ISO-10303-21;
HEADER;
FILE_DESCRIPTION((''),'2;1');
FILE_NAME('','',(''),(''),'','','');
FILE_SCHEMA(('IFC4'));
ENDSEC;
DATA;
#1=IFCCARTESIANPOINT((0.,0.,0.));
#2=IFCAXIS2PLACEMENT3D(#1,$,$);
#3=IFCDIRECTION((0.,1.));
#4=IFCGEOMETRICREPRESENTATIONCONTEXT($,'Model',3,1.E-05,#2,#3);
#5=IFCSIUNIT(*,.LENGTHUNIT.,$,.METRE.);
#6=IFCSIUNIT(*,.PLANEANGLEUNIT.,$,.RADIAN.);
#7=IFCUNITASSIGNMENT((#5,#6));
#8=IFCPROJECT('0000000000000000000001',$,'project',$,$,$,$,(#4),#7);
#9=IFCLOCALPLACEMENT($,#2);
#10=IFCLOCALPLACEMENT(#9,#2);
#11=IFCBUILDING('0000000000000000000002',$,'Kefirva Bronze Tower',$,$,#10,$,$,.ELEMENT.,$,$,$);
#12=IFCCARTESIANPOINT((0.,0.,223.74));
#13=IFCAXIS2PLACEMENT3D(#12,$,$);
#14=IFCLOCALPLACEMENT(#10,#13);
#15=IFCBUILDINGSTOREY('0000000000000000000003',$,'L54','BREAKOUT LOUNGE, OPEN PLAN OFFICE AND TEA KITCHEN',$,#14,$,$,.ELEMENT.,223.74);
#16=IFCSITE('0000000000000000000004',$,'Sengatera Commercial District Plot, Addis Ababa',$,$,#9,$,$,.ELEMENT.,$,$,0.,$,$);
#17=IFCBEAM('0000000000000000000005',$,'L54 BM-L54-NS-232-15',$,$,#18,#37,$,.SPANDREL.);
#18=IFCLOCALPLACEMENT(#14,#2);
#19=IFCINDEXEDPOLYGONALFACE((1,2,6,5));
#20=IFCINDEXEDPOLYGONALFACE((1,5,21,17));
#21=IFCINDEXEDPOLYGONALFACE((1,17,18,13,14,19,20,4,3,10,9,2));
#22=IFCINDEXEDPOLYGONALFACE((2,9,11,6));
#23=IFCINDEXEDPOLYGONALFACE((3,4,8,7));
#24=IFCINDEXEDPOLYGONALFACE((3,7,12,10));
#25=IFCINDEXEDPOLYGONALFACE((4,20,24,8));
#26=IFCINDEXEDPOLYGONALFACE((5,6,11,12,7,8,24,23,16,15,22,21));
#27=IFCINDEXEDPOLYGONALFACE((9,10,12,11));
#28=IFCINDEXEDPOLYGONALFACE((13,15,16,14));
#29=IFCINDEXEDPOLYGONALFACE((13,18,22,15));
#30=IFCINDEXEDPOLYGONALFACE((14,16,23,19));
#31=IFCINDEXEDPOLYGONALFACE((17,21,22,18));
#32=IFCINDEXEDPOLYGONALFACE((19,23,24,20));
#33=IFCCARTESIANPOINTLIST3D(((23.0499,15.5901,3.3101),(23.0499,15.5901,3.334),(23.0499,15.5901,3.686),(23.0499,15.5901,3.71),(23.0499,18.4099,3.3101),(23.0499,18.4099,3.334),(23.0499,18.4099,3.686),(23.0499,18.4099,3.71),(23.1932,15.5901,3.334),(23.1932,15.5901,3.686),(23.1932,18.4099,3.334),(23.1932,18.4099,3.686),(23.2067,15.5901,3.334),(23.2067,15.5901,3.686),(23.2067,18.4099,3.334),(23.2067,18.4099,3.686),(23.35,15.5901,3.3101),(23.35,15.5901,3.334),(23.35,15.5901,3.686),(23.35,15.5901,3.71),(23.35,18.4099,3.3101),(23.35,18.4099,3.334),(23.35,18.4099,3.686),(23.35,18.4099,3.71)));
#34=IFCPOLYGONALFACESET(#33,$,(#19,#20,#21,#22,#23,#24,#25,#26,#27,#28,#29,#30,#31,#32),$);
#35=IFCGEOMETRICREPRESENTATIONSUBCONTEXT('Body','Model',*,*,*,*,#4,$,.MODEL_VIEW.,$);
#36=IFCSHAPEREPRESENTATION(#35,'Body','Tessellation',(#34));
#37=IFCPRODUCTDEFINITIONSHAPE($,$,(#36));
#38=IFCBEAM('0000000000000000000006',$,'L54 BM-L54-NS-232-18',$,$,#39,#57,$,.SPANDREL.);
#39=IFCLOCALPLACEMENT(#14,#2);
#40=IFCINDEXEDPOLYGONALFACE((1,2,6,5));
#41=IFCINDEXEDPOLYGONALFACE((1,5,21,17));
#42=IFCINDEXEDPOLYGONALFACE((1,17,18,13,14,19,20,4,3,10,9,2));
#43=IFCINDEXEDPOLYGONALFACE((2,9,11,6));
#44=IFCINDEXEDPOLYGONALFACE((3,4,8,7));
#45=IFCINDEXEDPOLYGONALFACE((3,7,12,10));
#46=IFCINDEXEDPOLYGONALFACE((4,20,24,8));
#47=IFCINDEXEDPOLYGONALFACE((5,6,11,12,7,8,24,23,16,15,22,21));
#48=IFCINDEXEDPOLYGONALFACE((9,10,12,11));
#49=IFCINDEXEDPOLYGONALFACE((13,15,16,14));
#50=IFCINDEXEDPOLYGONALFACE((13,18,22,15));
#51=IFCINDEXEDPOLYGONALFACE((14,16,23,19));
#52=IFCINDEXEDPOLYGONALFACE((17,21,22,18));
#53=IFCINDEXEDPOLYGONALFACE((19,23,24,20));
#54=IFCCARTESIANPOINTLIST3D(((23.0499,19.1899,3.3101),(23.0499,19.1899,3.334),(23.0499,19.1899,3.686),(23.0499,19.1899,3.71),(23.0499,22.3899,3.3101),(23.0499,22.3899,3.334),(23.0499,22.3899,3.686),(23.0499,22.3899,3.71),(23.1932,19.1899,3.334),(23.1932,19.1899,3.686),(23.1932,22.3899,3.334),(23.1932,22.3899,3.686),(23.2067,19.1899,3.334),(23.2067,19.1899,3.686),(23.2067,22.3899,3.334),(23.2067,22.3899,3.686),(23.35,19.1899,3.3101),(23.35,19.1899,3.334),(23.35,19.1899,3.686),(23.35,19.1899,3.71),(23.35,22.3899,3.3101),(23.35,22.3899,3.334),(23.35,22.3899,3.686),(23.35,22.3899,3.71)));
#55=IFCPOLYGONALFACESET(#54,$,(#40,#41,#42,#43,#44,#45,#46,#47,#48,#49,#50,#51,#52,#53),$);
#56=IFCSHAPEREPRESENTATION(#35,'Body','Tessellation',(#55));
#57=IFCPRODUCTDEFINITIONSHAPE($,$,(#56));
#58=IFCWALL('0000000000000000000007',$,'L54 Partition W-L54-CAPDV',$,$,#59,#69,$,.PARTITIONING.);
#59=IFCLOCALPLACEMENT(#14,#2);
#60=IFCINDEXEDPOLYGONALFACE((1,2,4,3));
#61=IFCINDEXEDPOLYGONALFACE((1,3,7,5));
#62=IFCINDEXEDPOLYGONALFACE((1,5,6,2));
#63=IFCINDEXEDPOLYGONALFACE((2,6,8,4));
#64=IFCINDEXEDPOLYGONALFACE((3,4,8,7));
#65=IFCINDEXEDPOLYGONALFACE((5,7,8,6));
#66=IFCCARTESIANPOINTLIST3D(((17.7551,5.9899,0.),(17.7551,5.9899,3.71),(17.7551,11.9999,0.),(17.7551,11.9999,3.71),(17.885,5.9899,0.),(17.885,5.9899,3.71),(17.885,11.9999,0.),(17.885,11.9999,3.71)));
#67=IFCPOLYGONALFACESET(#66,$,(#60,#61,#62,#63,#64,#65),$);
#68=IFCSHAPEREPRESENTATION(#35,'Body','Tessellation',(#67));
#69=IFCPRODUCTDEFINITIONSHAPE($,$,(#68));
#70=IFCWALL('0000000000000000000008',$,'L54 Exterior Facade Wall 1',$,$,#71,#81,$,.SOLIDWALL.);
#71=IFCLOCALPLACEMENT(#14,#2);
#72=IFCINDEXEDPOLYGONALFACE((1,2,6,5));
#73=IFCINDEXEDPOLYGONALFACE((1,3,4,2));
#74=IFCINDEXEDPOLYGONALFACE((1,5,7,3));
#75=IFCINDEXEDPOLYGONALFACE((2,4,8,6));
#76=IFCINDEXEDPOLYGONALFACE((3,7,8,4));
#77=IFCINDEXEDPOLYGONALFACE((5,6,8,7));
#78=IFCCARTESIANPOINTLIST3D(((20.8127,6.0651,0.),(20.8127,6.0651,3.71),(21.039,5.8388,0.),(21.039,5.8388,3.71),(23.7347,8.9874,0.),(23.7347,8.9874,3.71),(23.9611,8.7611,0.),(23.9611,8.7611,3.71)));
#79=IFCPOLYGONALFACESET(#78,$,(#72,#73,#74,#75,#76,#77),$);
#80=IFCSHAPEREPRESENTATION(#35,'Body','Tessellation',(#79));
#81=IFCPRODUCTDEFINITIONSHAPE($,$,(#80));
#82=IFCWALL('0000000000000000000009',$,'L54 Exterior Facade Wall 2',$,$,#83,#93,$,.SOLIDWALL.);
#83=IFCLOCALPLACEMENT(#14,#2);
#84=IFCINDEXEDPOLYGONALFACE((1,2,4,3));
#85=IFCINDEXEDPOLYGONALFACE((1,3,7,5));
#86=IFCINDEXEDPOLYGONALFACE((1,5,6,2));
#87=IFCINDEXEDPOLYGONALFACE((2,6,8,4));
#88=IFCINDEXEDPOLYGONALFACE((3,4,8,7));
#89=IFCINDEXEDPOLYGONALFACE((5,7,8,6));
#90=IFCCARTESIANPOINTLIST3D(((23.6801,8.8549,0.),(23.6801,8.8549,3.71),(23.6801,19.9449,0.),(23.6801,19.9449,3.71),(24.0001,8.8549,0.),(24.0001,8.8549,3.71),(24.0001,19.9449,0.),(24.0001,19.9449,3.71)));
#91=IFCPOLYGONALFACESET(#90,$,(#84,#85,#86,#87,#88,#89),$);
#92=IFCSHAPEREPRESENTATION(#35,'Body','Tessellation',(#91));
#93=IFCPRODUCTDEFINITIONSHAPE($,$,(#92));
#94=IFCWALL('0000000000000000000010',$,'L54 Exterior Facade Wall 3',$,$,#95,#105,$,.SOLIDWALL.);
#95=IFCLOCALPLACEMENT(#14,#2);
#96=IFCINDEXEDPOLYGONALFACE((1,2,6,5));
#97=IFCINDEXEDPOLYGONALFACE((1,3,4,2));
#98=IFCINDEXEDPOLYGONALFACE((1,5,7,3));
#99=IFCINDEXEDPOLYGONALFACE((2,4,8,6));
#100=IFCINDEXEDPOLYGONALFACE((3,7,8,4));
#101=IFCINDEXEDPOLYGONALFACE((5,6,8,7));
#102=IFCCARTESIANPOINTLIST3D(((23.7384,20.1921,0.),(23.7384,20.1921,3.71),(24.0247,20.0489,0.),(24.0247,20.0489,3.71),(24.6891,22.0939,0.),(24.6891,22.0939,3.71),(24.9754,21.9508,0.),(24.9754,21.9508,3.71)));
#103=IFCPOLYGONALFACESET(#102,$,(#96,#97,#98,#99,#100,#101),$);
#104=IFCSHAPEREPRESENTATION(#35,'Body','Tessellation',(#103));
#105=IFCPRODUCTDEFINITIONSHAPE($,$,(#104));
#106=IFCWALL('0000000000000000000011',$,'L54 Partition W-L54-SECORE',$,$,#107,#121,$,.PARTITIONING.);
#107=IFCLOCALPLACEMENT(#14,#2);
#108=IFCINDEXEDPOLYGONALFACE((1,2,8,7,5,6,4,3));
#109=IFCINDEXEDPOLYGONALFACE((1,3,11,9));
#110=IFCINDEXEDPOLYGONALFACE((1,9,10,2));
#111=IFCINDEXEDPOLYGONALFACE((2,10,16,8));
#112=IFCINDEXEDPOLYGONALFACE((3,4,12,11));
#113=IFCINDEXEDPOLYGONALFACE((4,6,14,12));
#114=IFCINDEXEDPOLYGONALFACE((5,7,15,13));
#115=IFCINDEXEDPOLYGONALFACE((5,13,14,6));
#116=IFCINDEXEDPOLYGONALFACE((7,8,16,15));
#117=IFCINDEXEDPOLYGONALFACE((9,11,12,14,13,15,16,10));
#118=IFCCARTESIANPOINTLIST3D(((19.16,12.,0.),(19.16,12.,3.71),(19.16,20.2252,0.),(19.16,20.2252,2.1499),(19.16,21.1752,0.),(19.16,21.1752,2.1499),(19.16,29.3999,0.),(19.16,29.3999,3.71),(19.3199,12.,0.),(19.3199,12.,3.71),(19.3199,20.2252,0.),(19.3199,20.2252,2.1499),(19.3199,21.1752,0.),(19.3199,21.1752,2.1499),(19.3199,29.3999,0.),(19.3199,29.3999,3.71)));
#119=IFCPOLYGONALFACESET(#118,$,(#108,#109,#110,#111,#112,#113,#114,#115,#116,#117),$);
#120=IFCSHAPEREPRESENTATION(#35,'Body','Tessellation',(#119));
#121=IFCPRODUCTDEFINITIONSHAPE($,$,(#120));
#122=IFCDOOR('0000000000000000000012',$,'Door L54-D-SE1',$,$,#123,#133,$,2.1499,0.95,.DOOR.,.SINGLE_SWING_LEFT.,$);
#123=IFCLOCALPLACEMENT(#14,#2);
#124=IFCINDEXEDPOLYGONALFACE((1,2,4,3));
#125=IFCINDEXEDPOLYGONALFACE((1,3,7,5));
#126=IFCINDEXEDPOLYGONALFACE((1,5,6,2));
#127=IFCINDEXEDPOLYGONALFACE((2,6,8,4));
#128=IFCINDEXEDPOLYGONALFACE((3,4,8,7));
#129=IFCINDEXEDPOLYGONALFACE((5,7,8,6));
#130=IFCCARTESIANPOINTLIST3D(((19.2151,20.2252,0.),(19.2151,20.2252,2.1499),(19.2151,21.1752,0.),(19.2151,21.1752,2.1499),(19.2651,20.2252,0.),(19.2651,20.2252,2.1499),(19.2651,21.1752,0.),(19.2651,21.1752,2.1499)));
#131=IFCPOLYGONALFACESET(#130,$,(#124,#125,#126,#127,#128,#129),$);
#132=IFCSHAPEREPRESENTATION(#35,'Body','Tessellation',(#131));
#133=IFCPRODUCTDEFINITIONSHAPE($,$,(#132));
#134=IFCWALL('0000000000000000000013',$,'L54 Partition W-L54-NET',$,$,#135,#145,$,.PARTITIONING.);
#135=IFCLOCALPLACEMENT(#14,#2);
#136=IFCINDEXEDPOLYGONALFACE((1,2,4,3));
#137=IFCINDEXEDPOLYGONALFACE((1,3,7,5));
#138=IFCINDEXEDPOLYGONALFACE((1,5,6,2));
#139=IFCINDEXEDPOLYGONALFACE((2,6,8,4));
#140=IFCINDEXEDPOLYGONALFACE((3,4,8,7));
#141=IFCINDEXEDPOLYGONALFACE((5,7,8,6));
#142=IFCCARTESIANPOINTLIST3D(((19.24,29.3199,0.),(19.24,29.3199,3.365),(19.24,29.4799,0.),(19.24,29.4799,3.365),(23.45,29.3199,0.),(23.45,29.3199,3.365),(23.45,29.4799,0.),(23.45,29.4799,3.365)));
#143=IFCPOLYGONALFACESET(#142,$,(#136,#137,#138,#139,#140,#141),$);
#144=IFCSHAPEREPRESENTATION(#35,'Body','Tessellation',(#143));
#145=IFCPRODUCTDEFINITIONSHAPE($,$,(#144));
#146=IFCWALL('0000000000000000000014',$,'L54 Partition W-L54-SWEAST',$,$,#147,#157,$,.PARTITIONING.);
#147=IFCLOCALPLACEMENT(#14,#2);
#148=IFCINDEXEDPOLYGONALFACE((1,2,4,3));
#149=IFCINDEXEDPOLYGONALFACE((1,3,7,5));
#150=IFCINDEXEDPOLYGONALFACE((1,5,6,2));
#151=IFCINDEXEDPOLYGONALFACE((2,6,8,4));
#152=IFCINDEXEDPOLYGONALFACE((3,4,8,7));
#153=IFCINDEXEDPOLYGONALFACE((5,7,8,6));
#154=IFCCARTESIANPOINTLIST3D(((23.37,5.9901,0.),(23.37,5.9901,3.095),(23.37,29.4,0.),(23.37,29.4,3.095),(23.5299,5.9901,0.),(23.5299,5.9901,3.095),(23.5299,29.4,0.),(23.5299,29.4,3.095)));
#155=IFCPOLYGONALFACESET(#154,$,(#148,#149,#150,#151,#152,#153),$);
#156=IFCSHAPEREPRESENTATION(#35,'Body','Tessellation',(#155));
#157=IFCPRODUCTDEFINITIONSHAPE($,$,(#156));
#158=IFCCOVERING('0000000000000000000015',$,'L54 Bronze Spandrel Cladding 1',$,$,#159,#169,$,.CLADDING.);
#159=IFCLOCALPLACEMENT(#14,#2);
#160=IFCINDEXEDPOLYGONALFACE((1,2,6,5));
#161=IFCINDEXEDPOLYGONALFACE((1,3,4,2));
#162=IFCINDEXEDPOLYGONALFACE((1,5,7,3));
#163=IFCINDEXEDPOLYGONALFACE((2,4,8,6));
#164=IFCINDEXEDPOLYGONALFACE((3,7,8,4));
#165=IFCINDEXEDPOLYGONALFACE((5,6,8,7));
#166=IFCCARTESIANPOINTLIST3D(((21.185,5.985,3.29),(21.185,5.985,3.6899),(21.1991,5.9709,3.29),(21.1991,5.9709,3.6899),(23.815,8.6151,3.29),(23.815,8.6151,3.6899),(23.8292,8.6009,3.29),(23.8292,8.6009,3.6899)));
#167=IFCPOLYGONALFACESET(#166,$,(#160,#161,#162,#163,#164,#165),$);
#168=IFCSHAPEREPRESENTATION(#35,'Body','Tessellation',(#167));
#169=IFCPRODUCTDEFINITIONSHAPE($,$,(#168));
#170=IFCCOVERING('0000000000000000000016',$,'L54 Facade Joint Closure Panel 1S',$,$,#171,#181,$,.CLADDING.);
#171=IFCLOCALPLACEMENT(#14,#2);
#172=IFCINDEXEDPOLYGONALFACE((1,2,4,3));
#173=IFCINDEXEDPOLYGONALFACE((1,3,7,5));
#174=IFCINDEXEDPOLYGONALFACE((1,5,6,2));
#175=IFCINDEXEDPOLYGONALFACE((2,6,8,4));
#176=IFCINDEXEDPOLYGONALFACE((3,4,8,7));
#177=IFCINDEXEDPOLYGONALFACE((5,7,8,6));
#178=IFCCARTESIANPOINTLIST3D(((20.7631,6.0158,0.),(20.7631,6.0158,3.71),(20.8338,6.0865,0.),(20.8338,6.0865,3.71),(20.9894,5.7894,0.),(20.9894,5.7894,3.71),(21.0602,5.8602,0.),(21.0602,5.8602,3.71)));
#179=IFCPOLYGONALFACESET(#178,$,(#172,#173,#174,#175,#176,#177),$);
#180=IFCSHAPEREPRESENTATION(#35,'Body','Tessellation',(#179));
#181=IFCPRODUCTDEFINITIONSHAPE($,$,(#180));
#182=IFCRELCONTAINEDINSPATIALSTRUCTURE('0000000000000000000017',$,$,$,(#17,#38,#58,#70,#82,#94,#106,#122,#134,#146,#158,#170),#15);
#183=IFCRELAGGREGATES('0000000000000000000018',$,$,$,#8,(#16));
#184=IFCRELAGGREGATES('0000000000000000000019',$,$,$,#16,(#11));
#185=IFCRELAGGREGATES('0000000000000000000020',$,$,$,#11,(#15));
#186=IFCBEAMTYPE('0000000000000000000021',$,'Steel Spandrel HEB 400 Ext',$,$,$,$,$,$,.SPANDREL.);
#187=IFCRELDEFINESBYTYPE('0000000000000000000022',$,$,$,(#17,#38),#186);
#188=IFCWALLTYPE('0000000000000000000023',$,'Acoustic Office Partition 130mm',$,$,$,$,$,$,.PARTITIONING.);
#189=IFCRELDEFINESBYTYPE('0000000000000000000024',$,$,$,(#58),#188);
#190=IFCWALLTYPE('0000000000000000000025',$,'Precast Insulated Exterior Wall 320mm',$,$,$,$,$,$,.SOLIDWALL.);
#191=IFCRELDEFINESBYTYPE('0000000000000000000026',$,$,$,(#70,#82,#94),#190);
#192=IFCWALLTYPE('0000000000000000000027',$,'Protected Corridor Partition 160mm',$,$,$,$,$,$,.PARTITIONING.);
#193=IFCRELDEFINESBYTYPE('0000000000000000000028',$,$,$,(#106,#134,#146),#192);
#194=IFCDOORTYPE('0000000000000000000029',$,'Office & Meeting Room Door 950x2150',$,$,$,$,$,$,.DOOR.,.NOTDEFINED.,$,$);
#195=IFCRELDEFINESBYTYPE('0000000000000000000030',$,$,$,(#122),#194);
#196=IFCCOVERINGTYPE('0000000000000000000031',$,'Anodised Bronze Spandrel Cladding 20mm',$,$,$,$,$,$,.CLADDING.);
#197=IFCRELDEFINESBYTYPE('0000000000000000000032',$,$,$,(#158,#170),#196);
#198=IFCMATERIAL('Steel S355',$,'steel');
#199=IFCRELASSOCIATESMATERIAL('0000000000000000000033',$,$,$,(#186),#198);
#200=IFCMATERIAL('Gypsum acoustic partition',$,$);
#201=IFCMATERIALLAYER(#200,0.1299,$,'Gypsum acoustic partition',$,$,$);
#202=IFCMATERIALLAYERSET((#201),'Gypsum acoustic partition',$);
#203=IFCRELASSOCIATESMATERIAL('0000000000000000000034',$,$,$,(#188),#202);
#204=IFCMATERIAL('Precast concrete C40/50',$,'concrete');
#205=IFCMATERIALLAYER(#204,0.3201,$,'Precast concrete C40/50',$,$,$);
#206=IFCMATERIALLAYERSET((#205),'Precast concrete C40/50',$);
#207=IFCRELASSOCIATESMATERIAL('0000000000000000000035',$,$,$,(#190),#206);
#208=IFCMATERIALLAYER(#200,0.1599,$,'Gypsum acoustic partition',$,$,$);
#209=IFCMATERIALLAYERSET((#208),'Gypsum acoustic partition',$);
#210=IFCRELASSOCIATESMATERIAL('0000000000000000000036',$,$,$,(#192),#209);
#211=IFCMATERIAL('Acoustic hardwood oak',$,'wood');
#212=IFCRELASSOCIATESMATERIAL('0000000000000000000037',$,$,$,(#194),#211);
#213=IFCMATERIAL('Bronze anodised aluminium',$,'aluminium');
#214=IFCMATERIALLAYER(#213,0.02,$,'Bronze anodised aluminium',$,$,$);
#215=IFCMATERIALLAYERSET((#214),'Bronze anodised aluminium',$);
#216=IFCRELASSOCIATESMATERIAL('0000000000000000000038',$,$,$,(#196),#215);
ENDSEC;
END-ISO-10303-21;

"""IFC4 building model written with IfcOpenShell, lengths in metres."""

from ifc_helpers import new_model, si_unit, direction, frame, frame_2d, origin, origin_2d, place, context, subcontext, project, spatial, rectangle, i_section, extrude, material, layer, layer_set, material_profile, profile_set, type_object, element, fill, save


model = new_model("IFC4")

# Units and contexts
model_context = context("Model", 3, precision=1e-05, world=origin(), true_north=direction((0.0, 1.0)))
body_context = subcontext(model_context, "Body", "Model", "MODEL_VIEW")
ifc_project = project(units=[si_unit("LENGTHUNIT", "METRE"), si_unit("PLANEANGLEUNIT", "RADIAN")], contexts=[model_context])

# Site, building, storey
site_placement = place(None, origin())
site = spatial("IfcSite", under=ifc_project, at=site_placement, Name="Sengatera Commercial District Plot, Addis Ababa", CompositionType="ELEMENT", RefElevation=0.0)
building_placement = place(site_placement, origin())
building = spatial("IfcBuilding", under=site, at=building_placement, Name="Kefirva Bronze Tower", CompositionType="ELEMENT")
storey_placement = place(building_placement, frame((0.0, 0.0, 223.74)))
storey = spatial("IfcBuildingStorey", under=building, at=storey_placement, Name="L54", Description="BREAKOUT LOUNGE, OPEN PLAN OFFICE AND TEA KITCHEN", CompositionType="ELEMENT", Elevation=223.74)

# Shared definitions
ifc_material_1 = material(Name="Bronze anodised aluminium", Category="aluminium")

# Beams
ifc_material_2 = material(Name="Steel S355", Category="steel")
ifc_material_profile_1 = material_profile(ifc_material_2, i_section(OverallWidth=0.3, OverallDepth=0.3999, WebThickness=0.0134, FlangeThickness=0.0239, at=origin_2d()), Name="HEB 400")
ifc_profile_set_1 = profile_set([ifc_material_profile_1], Name="Steel S355")
beam_type_1 = type_object("IfcBeamType", Name="Steel Spandrel HEB 400 Ext", PredefinedType="SPANDREL", material=ifc_profile_set_1)
beam_1_placement = place(storey_placement, frame((23.2, 15.5901, 3.51), z_axis=(0.0, 1.0, 0.0), x_axis=(-1.0, 0.0, 0.0)))
element("IfcBeam", 1, at=beam_1_placement, inside=storey, type_object=beam_type_1, Name="L54 BM-L54-NS-232-15", PredefinedType="SPANDREL", context=body_context, shape_type="SweptSolid", body=[
    extrude(i_section(OverallWidth=0.3, OverallDepth=0.3999, WebThickness=0.0134, FlangeThickness=0.0239, at=origin_2d()), origin(), (0.0, 0.0, 1.0), 2.8198),
])
beam_2_placement = place(storey_placement, frame((23.2, 19.1899, 3.51), z_axis=(0.0, 1.0, 0.0), x_axis=(-1.0, 0.0, 0.0)))
element("IfcBeam", 2, at=beam_2_placement, inside=storey, type_object=beam_type_1, Name="L54 BM-L54-NS-232-18", PredefinedType="SPANDREL", context=body_context, shape_type="SweptSolid", body=[
    extrude(i_section(OverallWidth=0.3, OverallDepth=0.3999, WebThickness=0.0134, FlangeThickness=0.0239, at=origin_2d()), origin(), (0.0, 0.0, 1.0), 3.2),
])

# Walls
ifc_material_3 = material(Name="Gypsum acoustic partition")
ifc_layer_1 = layer(ifc_material_3, 0.1299, Name="Gypsum acoustic partition")
ifc_layer_set_1 = layer_set([ifc_layer_1], Name="Gypsum acoustic partition")
wall_type_1 = type_object("IfcWallType", Name="Acoustic Office Partition 130mm", PredefinedType="PARTITIONING", material=ifc_layer_set_1)
wall_1_placement = place(storey_placement, frame((17.8201, 5.99, 0.0), z_axis=(0.0, 0.0, 1.0), x_axis=(0.0, 1.0, 0.0)))
element("IfcWall", 3, at=wall_1_placement, inside=storey, type_object=wall_type_1, Name="L54 Partition W-L54-CAPDV", PredefinedType="PARTITIONING", context=body_context, shape_type="SweptSolid", body=[
    extrude(rectangle(XDim=6.01, YDim=0.1299, at=frame_2d((3.0049, 0.0))), origin(), (0.0, 0.0, 1.0), 3.71),
])
ifc_material_4 = material(Name="Precast concrete C40/50", Category="concrete")
ifc_layer_2 = layer(ifc_material_4, 0.3201, Name="Precast concrete C40/50")
ifc_layer_set_2 = layer_set([ifc_layer_2], Name="Precast concrete C40/50")
wall_type_2 = type_object("IfcWallType", Name="Precast Insulated Exterior Wall 320mm", PredefinedType="SOLIDWALL", material=ifc_layer_set_2)
wall_2_placement = place(storey_placement, frame((20.9258, 5.9519, 0.0), z_axis=(0.0, 0.0, 1.0), x_axis=(0.707077, 0.707136, 0.0)))
element("IfcWall", 4, at=wall_2_placement, inside=storey, type_object=wall_type_2, Name="L54 Exterior Facade Wall 1", PredefinedType="SOLIDWALL", context=body_context, shape_type="SweptSolid", body=[
    extrude(rectangle(XDim=4.1326, YDim=0.3201, at=frame_2d((2.0664, 0.0))), origin(), (0.0, 0.0, 1.0), 3.71),
])
wall_3_placement = place(storey_placement, frame((23.8401, 8.855, 0.0), z_axis=(0.0, 0.0, 1.0), x_axis=(0.0, 1.0, 0.0)))
element("IfcWall", 5, at=wall_3_placement, inside=storey, type_object=wall_type_2, Name="L54 Exterior Facade Wall 2", PredefinedType="SOLIDWALL", context=body_context, shape_type="SweptSolid", body=[
    extrude(rectangle(XDim=11.0901, YDim=0.3201, at=frame_2d((5.5449, 0.0))), origin(), (0.0, 0.0, 1.0), 3.71),
])
wall_4_placement = place(storey_placement, frame((23.8816, 20.1206, 0.0), z_axis=(0.0, 0.0, 1.0), x_axis=(0.447122, 0.894473, 0.0)))
element("IfcWall", 6, at=wall_4_placement, inside=storey, type_object=wall_type_2, Name="L54 Exterior Facade Wall 3", PredefinedType="SOLIDWALL", context=body_context, shape_type="SweptSolid", body=[
    extrude(rectangle(XDim=2.1262, YDim=0.3201, at=frame_2d((1.063, 0.0))), origin(), (0.0, 0.0, 1.0), 3.71),
])

# Wall, opening, door
ifc_layer_3 = layer(ifc_material_3, 0.1599, Name="Gypsum acoustic partition")
ifc_layer_set_3 = layer_set([ifc_layer_3], Name="Gypsum acoustic partition")
wall_type_3 = type_object("IfcWallType", Name="Protected Corridor Partition 160mm", PredefinedType="PARTITIONING", material=ifc_layer_set_3)
wall_5_placement = place(storey_placement, frame((19.24, 12.0, 0.0), z_axis=(0.0, 0.0, 1.0), x_axis=(0.0, 1.0, 0.0)))
wall_5 = element("IfcWall", 7, at=wall_5_placement, inside=storey, type_object=wall_type_3, Name="L54 Partition W-L54-SECORE", PredefinedType="PARTITIONING", context=body_context, shape_type="SweptSolid", body=[
    extrude(rectangle(XDim=17.3999, YDim=0.1599, at=frame_2d((8.7, 0.0))), origin(), (0.0, 0.0, 1.0), 3.71),
])
opening_placement = place(wall_5_placement, frame((8.2251, 0.0, 0.0)))
opening = element("IfcOpeningElement", 8, at=opening_placement, cuts=wall_5, PredefinedType="OPENING", context=body_context, shape_type="SweptSolid", body=[
    extrude(rectangle(XDim=0.95, YDim=2.1499, at=frame_2d((0.4751, 1.075))), frame((0.0, 0.0898, 0.0), z_axis=(0.0, -1.0, 0.0), x_axis=(1.0, 0.0, 0.0)), (0.0, 0.0, 1.0), 0.1799),
])
ifc_material_5 = material(Name="Acoustic hardwood oak", Category="wood")
door_type = type_object("IfcDoorType", Name="Office & Meeting Room Door 950x2150", OperationType="NOTDEFINED", PredefinedType="DOOR", material=ifc_material_5)
door_placement = place(opening_placement, origin())
door = element("IfcDoor", 9, at=door_placement, inside=storey, type_object=door_type, Name="Door L54-D-SE1", OperationType="SINGLE_SWING_LEFT", OverallHeight=2.1499, OverallWidth=0.95, PredefinedType="DOOR", context=body_context, shape_type="SweptSolid", body=[
    extrude(rectangle(XDim=0.95, YDim=2.1499, at=frame_2d((0.4751, 1.075))), frame((0.0, 0.0249, 0.0), z_axis=(0.0, -1.0, 0.0), x_axis=(1.0, 0.0, 0.0)), (0.0, 0.0, 1.0), 0.05),
])
fill(opening, door)

# Walls
wall_6_placement = place(storey_placement, frame((19.24, 29.3999, 0.0), z_axis=(0.0, 0.0, 1.0), x_axis=(1.0, 0.0, 0.0)))
element("IfcWall", 10, at=wall_6_placement, inside=storey, type_object=wall_type_3, Name="L54 Partition W-L54-NET", PredefinedType="PARTITIONING", context=body_context, shape_type="SweptSolid", body=[
    extrude(rectangle(XDim=4.21, YDim=0.1599, at=frame_2d((2.105, 0.0))), origin(), (0.0, 0.0, 1.0), 3.365),
])
wall_7_placement = place(storey_placement, frame((23.45, 5.99, 0.0), z_axis=(0.0, 0.0, 1.0), x_axis=(0.0, 1.0, 0.0)))
element("IfcWall", 11, at=wall_7_placement, inside=storey, type_object=wall_type_3, Name="L54 Partition W-L54-SWEAST", PredefinedType="PARTITIONING", context=body_context, shape_type="SweptSolid", body=[
    extrude(rectangle(XDim=23.4099, YDim=0.1599, at=frame_2d((11.7051, 0.0))), origin(), (0.0, 0.0, 1.0), 3.095),
])

# Coverings
ifc_layer_4 = layer(ifc_material_1, 0.02, Name="Bronze anodised aluminium")
ifc_layer_set_4 = layer_set([ifc_layer_4], Name="Bronze anodised aluminium")
covering_type_1 = type_object("IfcCoveringType", Name="Anodised Bronze Spandrel Cladding 20mm", PredefinedType="CLADDING", material=ifc_layer_set_4)
covering_1_placement = place(storey_placement, frame((22.5071, 7.293, 3.29), z_axis=(0.0, 0.0, 1.0), x_axis=(0.707107, 0.707107, 0.0)))
element("IfcCovering", 12, at=covering_1_placement, inside=storey, type_object=covering_type_1, Name="L54 Bronze Spandrel Cladding 1", PredefinedType="CLADDING", context=body_context, shape_type="SweptSolid", body=[
    extrude(rectangle(XDim=3.7195, YDim=0.02, at=origin_2d()), origin(), (0.0, 0.0, 1.0), 0.3999),
])
for number, where, z_axis, x_axis, name in (
    (13, (20.9116, 5.938, 0.0), (0.0, 0.0, 1.0), (0.707107, 0.707107, 0.0), "L54 Facade Joint Closure Panel 1S"),
):
    element("IfcCovering", number, at=place(storey_placement, frame(where, z_axis=z_axis, x_axis=x_axis)), inside=storey, type_object=covering_type_1, Name=name, PredefinedType="CLADDING", context=body_context, shape_type="SweptSolid", body=[
        extrude(rectangle(XDim=0.1001, YDim=0.3201, at=origin_2d()), origin(), (0.0, 0.0, 1.0), 3.71),
    ])

save(model, "model.ifc")
